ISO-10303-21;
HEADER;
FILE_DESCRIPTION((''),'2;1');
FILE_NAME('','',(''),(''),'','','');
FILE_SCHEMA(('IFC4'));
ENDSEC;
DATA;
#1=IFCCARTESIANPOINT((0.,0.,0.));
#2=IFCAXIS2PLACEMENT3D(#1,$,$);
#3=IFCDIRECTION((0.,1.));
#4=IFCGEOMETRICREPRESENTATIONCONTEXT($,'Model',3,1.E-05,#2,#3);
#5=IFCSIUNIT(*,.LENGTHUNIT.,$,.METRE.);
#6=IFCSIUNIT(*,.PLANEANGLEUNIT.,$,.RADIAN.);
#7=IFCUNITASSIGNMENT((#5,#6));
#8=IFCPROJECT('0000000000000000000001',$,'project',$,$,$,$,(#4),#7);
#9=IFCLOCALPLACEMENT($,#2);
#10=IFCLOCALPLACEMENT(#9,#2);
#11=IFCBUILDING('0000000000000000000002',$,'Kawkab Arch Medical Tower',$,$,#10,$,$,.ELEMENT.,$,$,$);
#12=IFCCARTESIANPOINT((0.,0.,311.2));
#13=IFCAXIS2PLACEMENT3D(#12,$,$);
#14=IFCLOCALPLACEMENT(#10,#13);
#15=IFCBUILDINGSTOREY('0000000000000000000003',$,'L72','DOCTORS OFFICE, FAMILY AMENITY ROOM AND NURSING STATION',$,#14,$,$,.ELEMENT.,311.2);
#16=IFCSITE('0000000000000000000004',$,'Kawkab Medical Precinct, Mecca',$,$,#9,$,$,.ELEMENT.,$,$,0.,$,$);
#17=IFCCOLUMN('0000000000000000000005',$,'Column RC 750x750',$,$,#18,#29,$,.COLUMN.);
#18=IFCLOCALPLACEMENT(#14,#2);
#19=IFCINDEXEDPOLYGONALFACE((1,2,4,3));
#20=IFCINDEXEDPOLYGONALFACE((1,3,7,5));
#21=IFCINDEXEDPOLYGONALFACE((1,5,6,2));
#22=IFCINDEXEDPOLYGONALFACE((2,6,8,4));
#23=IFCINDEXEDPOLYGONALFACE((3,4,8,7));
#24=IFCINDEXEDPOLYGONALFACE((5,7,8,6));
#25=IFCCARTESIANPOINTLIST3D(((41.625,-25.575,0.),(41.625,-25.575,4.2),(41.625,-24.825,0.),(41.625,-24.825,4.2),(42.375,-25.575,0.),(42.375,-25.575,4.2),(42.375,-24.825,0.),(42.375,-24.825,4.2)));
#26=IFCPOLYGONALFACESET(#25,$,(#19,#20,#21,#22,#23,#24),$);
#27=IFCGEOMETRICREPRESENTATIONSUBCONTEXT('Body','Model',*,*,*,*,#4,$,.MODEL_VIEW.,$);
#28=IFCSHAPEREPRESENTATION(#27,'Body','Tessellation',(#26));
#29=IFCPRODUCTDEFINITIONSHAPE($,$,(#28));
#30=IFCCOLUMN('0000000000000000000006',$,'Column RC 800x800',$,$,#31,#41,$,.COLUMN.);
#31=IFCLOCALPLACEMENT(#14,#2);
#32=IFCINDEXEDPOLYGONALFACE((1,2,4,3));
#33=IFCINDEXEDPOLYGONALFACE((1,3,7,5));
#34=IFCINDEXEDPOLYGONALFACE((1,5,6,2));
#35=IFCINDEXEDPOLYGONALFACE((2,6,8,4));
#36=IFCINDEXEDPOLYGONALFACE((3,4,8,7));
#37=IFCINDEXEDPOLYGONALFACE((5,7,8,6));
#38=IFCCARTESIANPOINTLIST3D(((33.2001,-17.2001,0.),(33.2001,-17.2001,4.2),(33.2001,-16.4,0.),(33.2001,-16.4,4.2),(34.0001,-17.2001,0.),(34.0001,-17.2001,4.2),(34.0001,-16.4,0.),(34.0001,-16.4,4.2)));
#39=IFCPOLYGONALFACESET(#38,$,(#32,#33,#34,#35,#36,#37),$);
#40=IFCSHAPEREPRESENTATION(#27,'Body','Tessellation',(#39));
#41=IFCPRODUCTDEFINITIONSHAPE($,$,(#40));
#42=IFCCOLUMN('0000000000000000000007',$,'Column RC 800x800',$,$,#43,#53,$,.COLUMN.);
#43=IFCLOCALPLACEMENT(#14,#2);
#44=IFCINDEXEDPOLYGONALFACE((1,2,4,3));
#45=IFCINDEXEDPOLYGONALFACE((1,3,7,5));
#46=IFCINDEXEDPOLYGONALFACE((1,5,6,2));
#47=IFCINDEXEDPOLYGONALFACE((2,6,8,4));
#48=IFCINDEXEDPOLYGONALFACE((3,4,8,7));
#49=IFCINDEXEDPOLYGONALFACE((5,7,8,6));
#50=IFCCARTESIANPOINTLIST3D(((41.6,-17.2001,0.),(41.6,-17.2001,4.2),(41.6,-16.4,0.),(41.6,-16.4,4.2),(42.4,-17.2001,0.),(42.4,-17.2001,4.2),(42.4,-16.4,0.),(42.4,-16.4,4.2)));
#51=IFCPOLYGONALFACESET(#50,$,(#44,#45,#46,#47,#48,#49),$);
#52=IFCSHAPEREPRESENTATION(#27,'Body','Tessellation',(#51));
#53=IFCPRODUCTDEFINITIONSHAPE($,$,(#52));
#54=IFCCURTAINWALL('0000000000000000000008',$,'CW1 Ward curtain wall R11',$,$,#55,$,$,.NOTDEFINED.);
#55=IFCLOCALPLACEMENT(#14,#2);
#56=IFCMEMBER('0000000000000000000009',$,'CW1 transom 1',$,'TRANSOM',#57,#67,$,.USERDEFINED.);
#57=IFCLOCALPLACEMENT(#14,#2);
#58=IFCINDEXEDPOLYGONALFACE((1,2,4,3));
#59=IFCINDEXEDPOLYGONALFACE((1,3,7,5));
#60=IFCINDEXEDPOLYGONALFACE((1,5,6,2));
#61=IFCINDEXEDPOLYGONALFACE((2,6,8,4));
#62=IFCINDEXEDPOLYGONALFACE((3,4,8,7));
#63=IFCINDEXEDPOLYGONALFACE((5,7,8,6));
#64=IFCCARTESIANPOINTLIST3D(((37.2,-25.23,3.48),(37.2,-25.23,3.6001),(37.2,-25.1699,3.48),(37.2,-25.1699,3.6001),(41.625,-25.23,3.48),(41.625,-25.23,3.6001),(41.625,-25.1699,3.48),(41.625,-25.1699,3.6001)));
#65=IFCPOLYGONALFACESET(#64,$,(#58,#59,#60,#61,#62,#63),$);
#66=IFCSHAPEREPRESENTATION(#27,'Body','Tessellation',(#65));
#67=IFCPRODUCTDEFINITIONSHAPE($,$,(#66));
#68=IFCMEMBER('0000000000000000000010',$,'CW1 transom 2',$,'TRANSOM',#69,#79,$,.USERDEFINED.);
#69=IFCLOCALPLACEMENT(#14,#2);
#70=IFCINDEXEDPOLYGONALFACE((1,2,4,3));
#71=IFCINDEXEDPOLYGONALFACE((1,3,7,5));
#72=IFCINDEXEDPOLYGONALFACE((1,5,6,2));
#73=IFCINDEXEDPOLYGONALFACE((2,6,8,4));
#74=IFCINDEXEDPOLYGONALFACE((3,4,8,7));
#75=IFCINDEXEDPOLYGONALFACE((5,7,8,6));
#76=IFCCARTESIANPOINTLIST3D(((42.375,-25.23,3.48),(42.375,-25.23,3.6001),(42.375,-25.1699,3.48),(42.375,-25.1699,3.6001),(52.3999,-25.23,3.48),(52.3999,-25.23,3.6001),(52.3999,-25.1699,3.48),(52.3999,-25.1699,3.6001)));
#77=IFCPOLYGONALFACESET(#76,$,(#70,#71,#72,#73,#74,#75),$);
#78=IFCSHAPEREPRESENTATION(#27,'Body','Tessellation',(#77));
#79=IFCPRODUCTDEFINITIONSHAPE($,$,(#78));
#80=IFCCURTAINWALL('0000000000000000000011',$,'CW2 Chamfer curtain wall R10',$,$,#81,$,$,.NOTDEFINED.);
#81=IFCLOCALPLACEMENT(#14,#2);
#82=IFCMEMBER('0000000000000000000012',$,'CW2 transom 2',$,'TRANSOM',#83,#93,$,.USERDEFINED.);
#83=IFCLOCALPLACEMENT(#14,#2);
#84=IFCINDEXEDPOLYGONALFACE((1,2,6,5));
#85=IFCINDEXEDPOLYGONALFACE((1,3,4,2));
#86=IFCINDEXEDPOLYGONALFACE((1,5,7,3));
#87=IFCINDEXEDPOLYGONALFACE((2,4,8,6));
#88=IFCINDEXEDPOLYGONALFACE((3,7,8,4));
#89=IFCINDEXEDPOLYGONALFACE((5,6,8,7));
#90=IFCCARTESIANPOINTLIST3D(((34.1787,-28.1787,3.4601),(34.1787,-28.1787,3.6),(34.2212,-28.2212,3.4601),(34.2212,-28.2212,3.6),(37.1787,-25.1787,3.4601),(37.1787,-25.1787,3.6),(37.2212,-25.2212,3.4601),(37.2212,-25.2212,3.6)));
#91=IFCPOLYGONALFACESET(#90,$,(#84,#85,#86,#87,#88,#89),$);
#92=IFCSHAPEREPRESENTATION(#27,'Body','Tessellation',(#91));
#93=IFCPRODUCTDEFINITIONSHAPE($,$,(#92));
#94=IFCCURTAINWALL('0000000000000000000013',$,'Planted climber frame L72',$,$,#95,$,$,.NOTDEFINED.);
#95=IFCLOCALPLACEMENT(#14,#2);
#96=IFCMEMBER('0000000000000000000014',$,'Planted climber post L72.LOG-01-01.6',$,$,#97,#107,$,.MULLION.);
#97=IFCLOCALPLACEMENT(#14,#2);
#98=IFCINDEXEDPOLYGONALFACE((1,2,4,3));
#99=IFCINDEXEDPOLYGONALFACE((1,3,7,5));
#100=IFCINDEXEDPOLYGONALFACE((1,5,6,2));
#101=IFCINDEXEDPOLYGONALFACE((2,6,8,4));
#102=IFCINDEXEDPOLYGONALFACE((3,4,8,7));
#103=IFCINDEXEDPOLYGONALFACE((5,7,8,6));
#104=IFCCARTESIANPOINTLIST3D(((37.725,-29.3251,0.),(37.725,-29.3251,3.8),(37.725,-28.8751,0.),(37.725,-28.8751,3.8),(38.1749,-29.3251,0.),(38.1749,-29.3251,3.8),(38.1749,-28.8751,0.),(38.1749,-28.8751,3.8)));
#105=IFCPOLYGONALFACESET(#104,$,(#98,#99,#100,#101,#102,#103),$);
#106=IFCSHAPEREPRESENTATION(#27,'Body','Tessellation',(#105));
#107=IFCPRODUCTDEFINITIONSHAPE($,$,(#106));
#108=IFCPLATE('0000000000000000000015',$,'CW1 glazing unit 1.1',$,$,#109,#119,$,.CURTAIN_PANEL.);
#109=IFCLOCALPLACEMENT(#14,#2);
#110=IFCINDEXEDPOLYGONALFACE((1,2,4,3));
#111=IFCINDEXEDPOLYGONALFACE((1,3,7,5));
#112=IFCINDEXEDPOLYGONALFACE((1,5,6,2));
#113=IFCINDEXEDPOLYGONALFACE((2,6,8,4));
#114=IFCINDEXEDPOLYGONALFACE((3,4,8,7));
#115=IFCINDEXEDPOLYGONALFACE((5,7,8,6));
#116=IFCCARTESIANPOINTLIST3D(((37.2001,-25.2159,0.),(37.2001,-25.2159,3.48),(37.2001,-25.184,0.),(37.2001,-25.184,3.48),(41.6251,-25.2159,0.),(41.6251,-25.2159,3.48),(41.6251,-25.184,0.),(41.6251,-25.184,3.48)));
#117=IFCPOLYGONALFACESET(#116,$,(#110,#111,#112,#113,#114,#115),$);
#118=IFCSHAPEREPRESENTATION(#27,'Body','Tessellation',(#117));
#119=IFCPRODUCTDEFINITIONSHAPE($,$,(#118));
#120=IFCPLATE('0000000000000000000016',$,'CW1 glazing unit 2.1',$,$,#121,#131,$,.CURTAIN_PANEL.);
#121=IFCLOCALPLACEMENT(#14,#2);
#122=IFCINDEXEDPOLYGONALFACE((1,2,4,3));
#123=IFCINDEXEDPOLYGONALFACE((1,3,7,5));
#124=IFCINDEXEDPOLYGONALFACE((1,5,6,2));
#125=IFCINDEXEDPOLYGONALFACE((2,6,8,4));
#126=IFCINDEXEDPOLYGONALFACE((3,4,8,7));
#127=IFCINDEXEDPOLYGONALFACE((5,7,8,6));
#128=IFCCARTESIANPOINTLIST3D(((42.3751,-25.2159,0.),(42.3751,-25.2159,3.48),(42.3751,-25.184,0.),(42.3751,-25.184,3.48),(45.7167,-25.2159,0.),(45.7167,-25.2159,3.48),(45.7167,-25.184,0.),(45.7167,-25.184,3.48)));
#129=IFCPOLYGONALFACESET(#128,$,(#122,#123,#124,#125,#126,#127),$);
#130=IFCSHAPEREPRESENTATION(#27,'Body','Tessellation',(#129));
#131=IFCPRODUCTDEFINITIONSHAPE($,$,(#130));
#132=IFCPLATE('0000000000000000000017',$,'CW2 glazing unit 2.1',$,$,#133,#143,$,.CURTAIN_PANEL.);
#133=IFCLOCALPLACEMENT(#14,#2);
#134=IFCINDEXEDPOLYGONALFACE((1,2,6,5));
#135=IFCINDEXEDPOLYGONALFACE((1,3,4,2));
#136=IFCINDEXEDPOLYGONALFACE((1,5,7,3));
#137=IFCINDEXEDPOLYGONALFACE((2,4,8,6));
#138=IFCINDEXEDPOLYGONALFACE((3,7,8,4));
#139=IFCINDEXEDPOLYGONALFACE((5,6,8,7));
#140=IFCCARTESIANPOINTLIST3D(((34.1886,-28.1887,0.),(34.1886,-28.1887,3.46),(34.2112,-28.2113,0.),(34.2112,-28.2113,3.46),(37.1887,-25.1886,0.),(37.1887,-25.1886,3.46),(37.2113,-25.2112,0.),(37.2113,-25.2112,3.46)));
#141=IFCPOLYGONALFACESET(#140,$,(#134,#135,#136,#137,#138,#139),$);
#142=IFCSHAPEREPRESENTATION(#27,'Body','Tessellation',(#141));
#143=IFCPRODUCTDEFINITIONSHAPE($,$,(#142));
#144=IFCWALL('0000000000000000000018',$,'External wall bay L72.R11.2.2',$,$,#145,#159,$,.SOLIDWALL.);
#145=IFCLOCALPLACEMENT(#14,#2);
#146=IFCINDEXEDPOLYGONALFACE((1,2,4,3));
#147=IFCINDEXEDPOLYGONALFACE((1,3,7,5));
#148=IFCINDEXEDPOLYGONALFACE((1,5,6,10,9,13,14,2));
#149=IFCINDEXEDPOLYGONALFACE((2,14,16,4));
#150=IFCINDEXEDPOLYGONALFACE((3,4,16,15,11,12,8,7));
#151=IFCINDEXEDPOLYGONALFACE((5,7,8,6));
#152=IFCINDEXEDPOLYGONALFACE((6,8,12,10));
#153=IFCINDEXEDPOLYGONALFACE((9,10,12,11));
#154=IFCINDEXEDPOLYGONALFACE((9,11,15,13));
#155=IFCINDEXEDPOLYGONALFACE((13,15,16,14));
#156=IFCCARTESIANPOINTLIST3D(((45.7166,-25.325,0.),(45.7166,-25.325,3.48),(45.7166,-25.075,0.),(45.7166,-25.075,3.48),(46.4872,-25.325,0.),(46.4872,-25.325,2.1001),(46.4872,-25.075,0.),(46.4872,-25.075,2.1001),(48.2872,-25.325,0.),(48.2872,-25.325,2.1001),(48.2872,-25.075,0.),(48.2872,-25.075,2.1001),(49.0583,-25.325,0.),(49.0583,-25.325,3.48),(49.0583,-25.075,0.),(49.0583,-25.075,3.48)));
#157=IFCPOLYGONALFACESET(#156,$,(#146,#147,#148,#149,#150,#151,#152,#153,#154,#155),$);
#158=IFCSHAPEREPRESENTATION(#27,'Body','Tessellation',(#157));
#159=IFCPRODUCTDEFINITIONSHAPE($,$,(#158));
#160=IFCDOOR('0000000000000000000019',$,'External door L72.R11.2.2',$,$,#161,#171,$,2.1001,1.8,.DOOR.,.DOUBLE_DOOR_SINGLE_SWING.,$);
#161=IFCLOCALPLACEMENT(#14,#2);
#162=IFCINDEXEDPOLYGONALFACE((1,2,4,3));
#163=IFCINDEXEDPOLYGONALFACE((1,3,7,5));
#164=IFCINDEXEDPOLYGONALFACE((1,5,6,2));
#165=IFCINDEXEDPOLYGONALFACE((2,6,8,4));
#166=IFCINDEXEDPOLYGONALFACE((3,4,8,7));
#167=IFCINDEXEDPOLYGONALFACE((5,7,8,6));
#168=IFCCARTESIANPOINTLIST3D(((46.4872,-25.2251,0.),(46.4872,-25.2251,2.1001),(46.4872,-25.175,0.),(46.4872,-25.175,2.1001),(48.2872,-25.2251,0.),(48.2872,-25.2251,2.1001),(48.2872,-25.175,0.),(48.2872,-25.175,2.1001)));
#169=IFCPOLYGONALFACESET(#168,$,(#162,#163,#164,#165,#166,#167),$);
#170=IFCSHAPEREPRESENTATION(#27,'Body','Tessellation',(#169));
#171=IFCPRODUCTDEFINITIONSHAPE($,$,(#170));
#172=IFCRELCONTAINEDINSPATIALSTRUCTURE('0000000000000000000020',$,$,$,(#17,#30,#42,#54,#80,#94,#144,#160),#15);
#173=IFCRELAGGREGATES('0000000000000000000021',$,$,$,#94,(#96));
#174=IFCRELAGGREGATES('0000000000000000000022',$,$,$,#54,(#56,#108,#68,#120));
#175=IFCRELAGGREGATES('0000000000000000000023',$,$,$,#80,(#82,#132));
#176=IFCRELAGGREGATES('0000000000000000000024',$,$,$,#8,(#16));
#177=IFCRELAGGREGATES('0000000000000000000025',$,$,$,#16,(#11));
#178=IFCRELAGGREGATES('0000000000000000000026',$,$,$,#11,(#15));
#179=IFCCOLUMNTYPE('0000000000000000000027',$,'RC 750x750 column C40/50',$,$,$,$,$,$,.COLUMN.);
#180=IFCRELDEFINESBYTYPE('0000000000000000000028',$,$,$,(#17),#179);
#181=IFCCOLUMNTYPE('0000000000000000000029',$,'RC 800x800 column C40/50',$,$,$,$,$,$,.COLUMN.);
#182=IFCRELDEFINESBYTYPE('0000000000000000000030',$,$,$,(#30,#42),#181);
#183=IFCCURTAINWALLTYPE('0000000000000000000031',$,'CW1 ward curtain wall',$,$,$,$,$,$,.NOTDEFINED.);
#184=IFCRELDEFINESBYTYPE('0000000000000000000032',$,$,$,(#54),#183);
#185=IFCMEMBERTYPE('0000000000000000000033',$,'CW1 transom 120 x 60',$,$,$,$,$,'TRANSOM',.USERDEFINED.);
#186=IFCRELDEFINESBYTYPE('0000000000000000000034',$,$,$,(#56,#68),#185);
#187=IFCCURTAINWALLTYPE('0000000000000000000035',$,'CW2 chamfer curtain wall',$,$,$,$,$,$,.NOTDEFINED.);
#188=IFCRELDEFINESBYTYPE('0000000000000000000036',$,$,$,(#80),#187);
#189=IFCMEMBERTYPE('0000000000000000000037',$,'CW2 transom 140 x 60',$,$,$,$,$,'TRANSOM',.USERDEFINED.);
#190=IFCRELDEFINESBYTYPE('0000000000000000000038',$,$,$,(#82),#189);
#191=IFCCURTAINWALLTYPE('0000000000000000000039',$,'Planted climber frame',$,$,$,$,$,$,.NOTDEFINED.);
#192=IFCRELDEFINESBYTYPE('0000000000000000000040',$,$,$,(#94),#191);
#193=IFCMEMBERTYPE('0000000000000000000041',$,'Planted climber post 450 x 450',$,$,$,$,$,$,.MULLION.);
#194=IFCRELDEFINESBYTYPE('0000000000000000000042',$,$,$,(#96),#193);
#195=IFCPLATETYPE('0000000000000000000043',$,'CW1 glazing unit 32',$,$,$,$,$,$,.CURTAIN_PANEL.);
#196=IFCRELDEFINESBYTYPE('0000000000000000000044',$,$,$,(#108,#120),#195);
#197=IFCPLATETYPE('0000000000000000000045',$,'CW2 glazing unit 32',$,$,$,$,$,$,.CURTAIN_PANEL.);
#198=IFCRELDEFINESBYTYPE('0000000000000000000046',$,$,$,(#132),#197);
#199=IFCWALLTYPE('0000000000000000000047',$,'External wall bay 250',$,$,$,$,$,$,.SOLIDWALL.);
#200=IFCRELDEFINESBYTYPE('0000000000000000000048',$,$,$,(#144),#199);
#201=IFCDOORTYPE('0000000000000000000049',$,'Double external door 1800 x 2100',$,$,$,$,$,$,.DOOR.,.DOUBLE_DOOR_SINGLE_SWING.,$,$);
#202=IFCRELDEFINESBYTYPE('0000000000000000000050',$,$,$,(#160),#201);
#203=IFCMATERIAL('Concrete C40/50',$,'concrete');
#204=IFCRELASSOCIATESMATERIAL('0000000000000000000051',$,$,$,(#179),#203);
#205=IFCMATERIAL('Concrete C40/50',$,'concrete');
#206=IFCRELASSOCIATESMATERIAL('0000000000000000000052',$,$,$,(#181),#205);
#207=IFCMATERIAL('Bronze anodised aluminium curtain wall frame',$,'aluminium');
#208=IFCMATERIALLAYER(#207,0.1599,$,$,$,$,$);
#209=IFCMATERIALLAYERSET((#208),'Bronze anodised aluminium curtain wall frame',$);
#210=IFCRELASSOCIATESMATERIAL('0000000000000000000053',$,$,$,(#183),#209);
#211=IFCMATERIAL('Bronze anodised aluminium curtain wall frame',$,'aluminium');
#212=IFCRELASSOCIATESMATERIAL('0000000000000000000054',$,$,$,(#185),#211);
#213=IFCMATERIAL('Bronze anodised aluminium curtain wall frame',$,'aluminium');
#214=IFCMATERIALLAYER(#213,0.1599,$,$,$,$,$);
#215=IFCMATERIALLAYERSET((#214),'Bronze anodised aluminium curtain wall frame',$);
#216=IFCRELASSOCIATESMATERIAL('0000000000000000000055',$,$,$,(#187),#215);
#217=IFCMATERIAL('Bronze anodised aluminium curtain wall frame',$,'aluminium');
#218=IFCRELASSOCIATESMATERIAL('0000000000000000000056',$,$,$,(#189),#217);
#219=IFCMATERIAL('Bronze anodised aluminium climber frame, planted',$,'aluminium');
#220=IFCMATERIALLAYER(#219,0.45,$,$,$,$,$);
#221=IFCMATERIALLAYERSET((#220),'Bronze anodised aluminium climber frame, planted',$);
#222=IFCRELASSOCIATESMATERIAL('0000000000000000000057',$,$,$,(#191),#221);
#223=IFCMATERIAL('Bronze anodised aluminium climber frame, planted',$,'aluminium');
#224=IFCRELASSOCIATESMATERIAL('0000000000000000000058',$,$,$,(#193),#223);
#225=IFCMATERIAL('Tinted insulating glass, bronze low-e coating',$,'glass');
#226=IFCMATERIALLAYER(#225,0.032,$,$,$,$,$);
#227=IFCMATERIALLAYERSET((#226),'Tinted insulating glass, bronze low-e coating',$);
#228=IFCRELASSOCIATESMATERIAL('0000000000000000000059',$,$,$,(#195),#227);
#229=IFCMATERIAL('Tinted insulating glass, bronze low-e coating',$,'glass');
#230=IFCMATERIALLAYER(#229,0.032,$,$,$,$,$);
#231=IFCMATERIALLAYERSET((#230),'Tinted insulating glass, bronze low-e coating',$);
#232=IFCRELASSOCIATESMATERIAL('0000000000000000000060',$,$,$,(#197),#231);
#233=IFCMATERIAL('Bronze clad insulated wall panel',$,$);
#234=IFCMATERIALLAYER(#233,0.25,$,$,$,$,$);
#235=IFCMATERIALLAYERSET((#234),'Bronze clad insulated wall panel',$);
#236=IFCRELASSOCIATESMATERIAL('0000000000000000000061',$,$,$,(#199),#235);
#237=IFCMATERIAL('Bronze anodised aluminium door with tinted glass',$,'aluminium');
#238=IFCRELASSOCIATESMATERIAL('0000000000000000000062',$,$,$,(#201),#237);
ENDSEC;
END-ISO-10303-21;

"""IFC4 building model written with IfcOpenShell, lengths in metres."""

from ifc_helpers import new_model, si_unit, direction, frame, frame_2d, origin, origin_2d, place, context, subcontext, project, spatial, rectangle, extrude, material, layer, layer_set, material_profile, profile_set, type_object, element, fill, aggregate, save


model = new_model("IFC4")

# Units and contexts
model_context = context("Model", 3, precision=1e-05, world=origin(), true_north=direction((0.0, 1.0)))
body_context = subcontext(model_context, "Body", "Model", "MODEL_VIEW")
ifc_project = project(units=[si_unit("LENGTHUNIT", "METRE"), si_unit("PLANEANGLEUNIT", "RADIAN")], contexts=[model_context])

# Site, building, storey
site_placement = place(None, origin())
site = spatial("IfcSite", under=ifc_project, at=site_placement, Name="Kawkab Medical Precinct, Mecca", CompositionType="ELEMENT", RefElevation=0.0)
building_placement = place(site_placement, origin())
building = spatial("IfcBuilding", under=site, at=building_placement, Name="Kawkab Arch Medical Tower", CompositionType="ELEMENT")
storey_placement = place(building_placement, frame((0.0, 0.0, 311.2)))
storey = spatial("IfcBuildingStorey", under=building, at=storey_placement, Name="L72", Description="DOCTORS OFFICE, FAMILY AMENITY ROOM AND NURSING STATION", CompositionType="ELEMENT", Elevation=311.2)

# Columns
ifc_material_1 = material(Name="Concrete C40/50", Category="concrete")
ifc_material_profile_1 = material_profile(ifc_material_1, rectangle(XDim=0.75, YDim=0.75, at=origin_2d()), Name="RC 750x750")
ifc_profile_set_1 = profile_set([ifc_material_profile_1], Name="Concrete C40/50")
column_type_1 = type_object("IfcColumnType", Name="RC 750x750 column C40/50", PredefinedType="COLUMN", material=ifc_profile_set_1)
column_placement = place(storey_placement, frame((42.0, -25.2, 0.0), z_axis=(0.0, 0.0, 1.0), x_axis=(1.0, 0.0, 0.0)))
element("IfcColumn", 1, at=column_placement, inside=storey, type_object=column_type_1, Name="Column RC 750x750", PredefinedType="COLUMN", context=body_context, shape_type="SweptSolid", body=[
    extrude(rectangle(XDim=0.75, YDim=0.75, at=origin_2d()), origin(), (0.0, 0.0, 1.0), 4.2),
])
ifc_material_2 = material(Name="Concrete C40/50", Category="concrete")
ifc_material_profile_2 = material_profile(ifc_material_2, rectangle(XDim=0.8, YDim=0.8, at=origin_2d()), Name="RC 800x800")
ifc_profile_set_2 = profile_set([ifc_material_profile_2], Name="Concrete C40/50")
column_type_2 = type_object("IfcColumnType", Name="RC 800x800 column C40/50", PredefinedType="COLUMN", material=ifc_profile_set_2)
for number, where, z_axis, x_axis, name in (
    (2, (33.6001, -16.8, 0.0), (0.0, 0.0, 1.0), (1.0, 0.0, 0.0), "Column RC 800x800"),
    (3, (42.0, -16.8, 0.0), (0.0, 0.0, 1.0), (1.0, 0.0, 0.0), "Column RC 800x800"),
):
    element("IfcColumn", number, at=place(storey_placement, frame(where, z_axis=z_axis, x_axis=x_axis)), inside=storey, type_object=column_type_2, Name=name, PredefinedType="COLUMN", context=body_context, shape_type="SweptSolid", body=[
        extrude(rectangle(XDim=0.8, YDim=0.8, at=origin_2d()), origin(), (0.0, 0.0, 1.0), 4.2),
    ])

# Curtain wall, members
ifc_material_3 = material(Name="Bronze anodised aluminium curtain wall frame", Category="aluminium")
ifc_layer_1 = layer(ifc_material_3, 0.1599)
ifc_layer_set_1 = layer_set([ifc_layer_1], Name="Bronze anodised aluminium curtain wall frame")
curtain_wall_type_1 = type_object("IfcCurtainWallType", Name="CW1 ward curtain wall", PredefinedType="NOTDEFINED", material=ifc_layer_set_1)
placement = place(storey_placement, origin())
curtain_wall_1 = element("IfcCurtainWall", 4, at=placement, inside=storey, type_object=curtain_wall_type_1, Name="CW1 Ward curtain wall R11", PredefinedType="NOTDEFINED")
ifc_material_4 = material(Name="Bronze anodised aluminium curtain wall frame", Category="aluminium")
ifc_material_profile_3 = material_profile(ifc_material_4, rectangle(XDim=0.0601, YDim=0.1201, at=origin_2d()), Name="AL 60x120")
ifc_profile_set_3 = profile_set([ifc_material_profile_3], Name="Bronze anodised aluminium curtain wall frame")
member_type_1 = type_object("IfcMemberType", Name="CW1 transom 120 x 60", ElementType="TRANSOM", PredefinedType="USERDEFINED", material=ifc_profile_set_3)
member_1_placement = place(storey_placement, frame((37.2, -25.2, 3.54), z_axis=(1.0, 0.0, 0.0), x_axis=(0.0, 1.0, 0.0)))
member_1 = element("IfcMember", 5, at=member_1_placement, type_object=member_type_1, Name="CW1 transom 1", ObjectType="TRANSOM", PredefinedType="USERDEFINED", context=body_context, shape_type="SweptSolid", body=[
    extrude(rectangle(XDim=0.0601, YDim=0.1201, at=origin_2d()), origin(), (0.0, 0.0, 1.0), 4.425),
])
member_2_placement = place(storey_placement, frame((42.375, -25.2, 3.54), z_axis=(1.0, 0.0, 0.0), x_axis=(0.0, 1.0, 0.0)))
member_2 = element("IfcMember", 6, at=member_2_placement, type_object=member_type_1, Name="CW1 transom 2", ObjectType="TRANSOM", PredefinedType="USERDEFINED", context=body_context, shape_type="SweptSolid", body=[
    extrude(rectangle(XDim=0.0601, YDim=0.1201, at=origin_2d()), origin(), (0.0, 0.0, 1.0), 10.0249),
])

# Curtain walls, members
ifc_material_5 = material(Name="Bronze anodised aluminium curtain wall frame", Category="aluminium")
ifc_layer_2 = layer(ifc_material_5, 0.1599)
ifc_layer_set_2 = layer_set([ifc_layer_2], Name="Bronze anodised aluminium curtain wall frame")
curtain_wall_type_2 = type_object("IfcCurtainWallType", Name="CW2 chamfer curtain wall", PredefinedType="NOTDEFINED", material=ifc_layer_set_2)
curtain_wall_2 = element("IfcCurtainWall", 7, at=placement, inside=storey, type_object=curtain_wall_type_2, Name="CW2 Chamfer curtain wall R10", PredefinedType="NOTDEFINED")
ifc_material_6 = material(Name="Bronze anodised aluminium curtain wall frame", Category="aluminium")
ifc_material_profile_4 = material_profile(ifc_material_6, rectangle(XDim=0.0601, YDim=0.1399, at=origin_2d()), Name="AL 60x140")
ifc_profile_set_4 = profile_set([ifc_material_profile_4], Name="Bronze anodised aluminium curtain wall frame")
member_type_2 = type_object("IfcMemberType", Name="CW2 transom 140 x 60", ElementType="TRANSOM", PredefinedType="USERDEFINED", material=ifc_profile_set_4)
member_3_placement = place(storey_placement, frame((34.2, -28.2, 3.53), z_axis=(0.707107, 0.707107, 0.0), x_axis=(-0.707107, 0.707107, 0.0)))
member_3 = element("IfcMember", 8, at=member_3_placement, type_object=member_type_2, Name="CW2 transom 2", ObjectType="TRANSOM", PredefinedType="USERDEFINED", context=body_context, shape_type="SweptSolid", body=[
    extrude(rectangle(XDim=0.0601, YDim=0.1399, at=origin_2d()), origin(), (0.0, 0.0, 1.0), 4.2427),
])
ifc_material_7 = material(Name="Bronze anodised aluminium climber frame, planted", Category="aluminium")
ifc_layer_3 = layer(ifc_material_7, 0.45)
ifc_layer_set_3 = layer_set([ifc_layer_3], Name="Bronze anodised aluminium climber frame, planted")
curtain_wall_type_3 = type_object("IfcCurtainWallType", Name="Planted climber frame", PredefinedType="NOTDEFINED", material=ifc_layer_set_3)
curtain_wall_3 = element("IfcCurtainWall", 9, at=placement, inside=storey, type_object=curtain_wall_type_3, Name="Planted climber frame L72", PredefinedType="NOTDEFINED")
ifc_material_8 = material(Name="Bronze anodised aluminium climber frame, planted", Category="aluminium")
ifc_material_profile_5 = material_profile(ifc_material_8, rectangle(XDim=0.45, YDim=0.45, at=origin_2d()), Name="Post 450x450")
ifc_profile_set_5 = profile_set([ifc_material_profile_5], Name="Bronze anodised aluminium climber frame, planted")
member_type_3 = type_object("IfcMemberType", Name="Planted climber post 450 x 450", PredefinedType="MULLION", material=ifc_profile_set_5)
member_4_placement = place(storey_placement, frame((37.95, -29.1001, 0.0), z_axis=(0.0, 0.0, 1.0), x_axis=(1.0, 0.0, 0.0)))
member_4 = element("IfcMember", 10, at=member_4_placement, type_object=member_type_3, Name="Planted climber post L72.LOG-01-01.6", PredefinedType="MULLION", context=body_context, shape_type="SweptSolid", body=[
    extrude(rectangle(XDim=0.45, YDim=0.45, at=origin_2d()), origin(), (0.0, 0.0, 1.0), 3.8),
])
aggregate(curtain_wall_3, [member_4])

# Plates
ifc_material_9 = material(Name="Tinted insulating glass, bronze low-e coating", Category="glass")
ifc_layer_4 = layer(ifc_material_9, 0.032)
ifc_layer_set_4 = layer_set([ifc_layer_4], Name="Tinted insulating glass, bronze low-e coating")
plate_type_1 = type_object("IfcPlateType", Name="CW1 glazing unit 32", PredefinedType="CURTAIN_PANEL", material=ifc_layer_set_4)
plate_1_placement = place(storey_placement, frame((39.4126, -25.2, 0.0), z_axis=(0.0, 0.0, 1.0), x_axis=(1.0, 0.0, 0.0)))
plate_1 = element("IfcPlate", 11, at=plate_1_placement, type_object=plate_type_1, Name="CW1 glazing unit 1.1", PredefinedType="CURTAIN_PANEL", context=body_context, shape_type="SweptSolid", body=[
    extrude(rectangle(XDim=4.425, YDim=0.032, at=origin_2d()), origin(), (0.0, 0.0, 1.0), 3.48),
])
plate_2_placement = place(storey_placement, frame((44.0459, -25.2, 0.0), z_axis=(0.0, 0.0, 1.0), x_axis=(1.0, 0.0, 0.0)))
plate_2 = element("IfcPlate", 12, at=plate_2_placement, type_object=plate_type_1, Name="CW1 glazing unit 2.1", PredefinedType="CURTAIN_PANEL", context=body_context, shape_type="SweptSolid", body=[
    extrude(rectangle(XDim=3.3416, YDim=0.032, at=origin_2d()), origin(), (0.0, 0.0, 1.0), 3.48),
])
aggregate(curtain_wall_1, [member_1, plate_1, member_2, plate_2])
ifc_material_10 = material(Name="Tinted insulating glass, bronze low-e coating", Category="glass")
ifc_layer_5 = layer(ifc_material_10, 0.032)
ifc_layer_set_5 = layer_set([ifc_layer_5], Name="Tinted insulating glass, bronze low-e coating")
plate_type_2 = type_object("IfcPlateType", Name="CW2 glazing unit 32", PredefinedType="CURTAIN_PANEL", material=ifc_layer_set_5)
plate_3_placement = place(storey_placement, frame((35.7, -26.7, 0.0), z_axis=(0.0, 0.0, 1.0), x_axis=(0.707107, 0.707107, 0.0)))
plate_3 = element("IfcPlate", 13, at=plate_3_placement, type_object=plate_type_2, Name="CW2 glazing unit 2.1", PredefinedType="CURTAIN_PANEL", context=body_context, shape_type="SweptSolid", body=[
    extrude(rectangle(XDim=4.2427, YDim=0.032, at=origin_2d()), origin(), (0.0, 0.0, 1.0), 3.46),
])
aggregate(curtain_wall_2, [member_3, plate_3])

# Wall, opening, door
ifc_material_11 = material(Name="Bronze clad insulated wall panel")
ifc_layer_6 = layer(ifc_material_11, 0.25)
ifc_layer_set_6 = layer_set([ifc_layer_6], Name="Bronze clad insulated wall panel")
wall_type_1 = type_object("IfcWallType", Name="External wall bay 250", PredefinedType="SOLIDWALL", material=ifc_layer_set_6)
wall_1_placement = place(storey_placement, frame((45.7166, -25.2, 0.0), z_axis=(0.0, 0.0, 1.0), x_axis=(1.0, 0.0, 0.0)))
wall_1 = element("IfcWall", 14, at=wall_1_placement, inside=storey, type_object=wall_type_1, Name="External wall bay L72.R11.2.2", PredefinedType="SOLIDWALL", context=body_context, shape_type="SweptSolid", body=[
    extrude(rectangle(XDim=3.3418, YDim=0.25, at=frame_2d((1.6709, 0.0))), origin(), (0.0, 0.0, 1.0), 3.48),
])
opening_1_placement = place(wall_1_placement, frame((0.7708, 0.0, 0.0)))
opening_1 = element("IfcOpeningElement", 15, at=opening_1_placement, cuts=wall_1, PredefinedType="OPENING", context=body_context, shape_type="SweptSolid", body=[
    extrude(rectangle(XDim=1.8, YDim=2.1001, at=frame_2d((0.8999, 1.05))), frame((0.0, 0.135, 0.0), z_axis=(0.0, -1.0, 0.0), x_axis=(1.0, 0.0, 0.0)), (0.0, 0.0, 1.0), 0.27),
])
ifc_material_12 = material(Name="Bronze anodised aluminium door with tinted glass", Category="aluminium")
door_type_1 = type_object("IfcDoorType", Name="Double external door 1800 x 2100", OperationType="DOUBLE_DOOR_SINGLE_SWING", PredefinedType="DOOR", material=ifc_material_12)
door_1_placement = place(opening_1_placement, origin())
door_1 = element("IfcDoor", 16, at=door_1_placement, inside=storey, type_object=door_type_1, Name="External door L72.R11.2.2", OperationType="DOUBLE_DOOR_SINGLE_SWING", OverallHeight=2.1001, OverallWidth=1.8, PredefinedType="DOOR", context=body_context, shape_type="SweptSolid", body=[
    extrude(rectangle(XDim=1.8, YDim=2.1001, at=frame_2d((0.8999, 1.05))), frame((0.0, 0.0249, 0.0), z_axis=(0.0, -1.0, 0.0), x_axis=(1.0, 0.0, 0.0)), (0.0, 0.0, 1.0), 0.05),
])
fill(opening_1, door_1)

save(model, "model.ifc")
